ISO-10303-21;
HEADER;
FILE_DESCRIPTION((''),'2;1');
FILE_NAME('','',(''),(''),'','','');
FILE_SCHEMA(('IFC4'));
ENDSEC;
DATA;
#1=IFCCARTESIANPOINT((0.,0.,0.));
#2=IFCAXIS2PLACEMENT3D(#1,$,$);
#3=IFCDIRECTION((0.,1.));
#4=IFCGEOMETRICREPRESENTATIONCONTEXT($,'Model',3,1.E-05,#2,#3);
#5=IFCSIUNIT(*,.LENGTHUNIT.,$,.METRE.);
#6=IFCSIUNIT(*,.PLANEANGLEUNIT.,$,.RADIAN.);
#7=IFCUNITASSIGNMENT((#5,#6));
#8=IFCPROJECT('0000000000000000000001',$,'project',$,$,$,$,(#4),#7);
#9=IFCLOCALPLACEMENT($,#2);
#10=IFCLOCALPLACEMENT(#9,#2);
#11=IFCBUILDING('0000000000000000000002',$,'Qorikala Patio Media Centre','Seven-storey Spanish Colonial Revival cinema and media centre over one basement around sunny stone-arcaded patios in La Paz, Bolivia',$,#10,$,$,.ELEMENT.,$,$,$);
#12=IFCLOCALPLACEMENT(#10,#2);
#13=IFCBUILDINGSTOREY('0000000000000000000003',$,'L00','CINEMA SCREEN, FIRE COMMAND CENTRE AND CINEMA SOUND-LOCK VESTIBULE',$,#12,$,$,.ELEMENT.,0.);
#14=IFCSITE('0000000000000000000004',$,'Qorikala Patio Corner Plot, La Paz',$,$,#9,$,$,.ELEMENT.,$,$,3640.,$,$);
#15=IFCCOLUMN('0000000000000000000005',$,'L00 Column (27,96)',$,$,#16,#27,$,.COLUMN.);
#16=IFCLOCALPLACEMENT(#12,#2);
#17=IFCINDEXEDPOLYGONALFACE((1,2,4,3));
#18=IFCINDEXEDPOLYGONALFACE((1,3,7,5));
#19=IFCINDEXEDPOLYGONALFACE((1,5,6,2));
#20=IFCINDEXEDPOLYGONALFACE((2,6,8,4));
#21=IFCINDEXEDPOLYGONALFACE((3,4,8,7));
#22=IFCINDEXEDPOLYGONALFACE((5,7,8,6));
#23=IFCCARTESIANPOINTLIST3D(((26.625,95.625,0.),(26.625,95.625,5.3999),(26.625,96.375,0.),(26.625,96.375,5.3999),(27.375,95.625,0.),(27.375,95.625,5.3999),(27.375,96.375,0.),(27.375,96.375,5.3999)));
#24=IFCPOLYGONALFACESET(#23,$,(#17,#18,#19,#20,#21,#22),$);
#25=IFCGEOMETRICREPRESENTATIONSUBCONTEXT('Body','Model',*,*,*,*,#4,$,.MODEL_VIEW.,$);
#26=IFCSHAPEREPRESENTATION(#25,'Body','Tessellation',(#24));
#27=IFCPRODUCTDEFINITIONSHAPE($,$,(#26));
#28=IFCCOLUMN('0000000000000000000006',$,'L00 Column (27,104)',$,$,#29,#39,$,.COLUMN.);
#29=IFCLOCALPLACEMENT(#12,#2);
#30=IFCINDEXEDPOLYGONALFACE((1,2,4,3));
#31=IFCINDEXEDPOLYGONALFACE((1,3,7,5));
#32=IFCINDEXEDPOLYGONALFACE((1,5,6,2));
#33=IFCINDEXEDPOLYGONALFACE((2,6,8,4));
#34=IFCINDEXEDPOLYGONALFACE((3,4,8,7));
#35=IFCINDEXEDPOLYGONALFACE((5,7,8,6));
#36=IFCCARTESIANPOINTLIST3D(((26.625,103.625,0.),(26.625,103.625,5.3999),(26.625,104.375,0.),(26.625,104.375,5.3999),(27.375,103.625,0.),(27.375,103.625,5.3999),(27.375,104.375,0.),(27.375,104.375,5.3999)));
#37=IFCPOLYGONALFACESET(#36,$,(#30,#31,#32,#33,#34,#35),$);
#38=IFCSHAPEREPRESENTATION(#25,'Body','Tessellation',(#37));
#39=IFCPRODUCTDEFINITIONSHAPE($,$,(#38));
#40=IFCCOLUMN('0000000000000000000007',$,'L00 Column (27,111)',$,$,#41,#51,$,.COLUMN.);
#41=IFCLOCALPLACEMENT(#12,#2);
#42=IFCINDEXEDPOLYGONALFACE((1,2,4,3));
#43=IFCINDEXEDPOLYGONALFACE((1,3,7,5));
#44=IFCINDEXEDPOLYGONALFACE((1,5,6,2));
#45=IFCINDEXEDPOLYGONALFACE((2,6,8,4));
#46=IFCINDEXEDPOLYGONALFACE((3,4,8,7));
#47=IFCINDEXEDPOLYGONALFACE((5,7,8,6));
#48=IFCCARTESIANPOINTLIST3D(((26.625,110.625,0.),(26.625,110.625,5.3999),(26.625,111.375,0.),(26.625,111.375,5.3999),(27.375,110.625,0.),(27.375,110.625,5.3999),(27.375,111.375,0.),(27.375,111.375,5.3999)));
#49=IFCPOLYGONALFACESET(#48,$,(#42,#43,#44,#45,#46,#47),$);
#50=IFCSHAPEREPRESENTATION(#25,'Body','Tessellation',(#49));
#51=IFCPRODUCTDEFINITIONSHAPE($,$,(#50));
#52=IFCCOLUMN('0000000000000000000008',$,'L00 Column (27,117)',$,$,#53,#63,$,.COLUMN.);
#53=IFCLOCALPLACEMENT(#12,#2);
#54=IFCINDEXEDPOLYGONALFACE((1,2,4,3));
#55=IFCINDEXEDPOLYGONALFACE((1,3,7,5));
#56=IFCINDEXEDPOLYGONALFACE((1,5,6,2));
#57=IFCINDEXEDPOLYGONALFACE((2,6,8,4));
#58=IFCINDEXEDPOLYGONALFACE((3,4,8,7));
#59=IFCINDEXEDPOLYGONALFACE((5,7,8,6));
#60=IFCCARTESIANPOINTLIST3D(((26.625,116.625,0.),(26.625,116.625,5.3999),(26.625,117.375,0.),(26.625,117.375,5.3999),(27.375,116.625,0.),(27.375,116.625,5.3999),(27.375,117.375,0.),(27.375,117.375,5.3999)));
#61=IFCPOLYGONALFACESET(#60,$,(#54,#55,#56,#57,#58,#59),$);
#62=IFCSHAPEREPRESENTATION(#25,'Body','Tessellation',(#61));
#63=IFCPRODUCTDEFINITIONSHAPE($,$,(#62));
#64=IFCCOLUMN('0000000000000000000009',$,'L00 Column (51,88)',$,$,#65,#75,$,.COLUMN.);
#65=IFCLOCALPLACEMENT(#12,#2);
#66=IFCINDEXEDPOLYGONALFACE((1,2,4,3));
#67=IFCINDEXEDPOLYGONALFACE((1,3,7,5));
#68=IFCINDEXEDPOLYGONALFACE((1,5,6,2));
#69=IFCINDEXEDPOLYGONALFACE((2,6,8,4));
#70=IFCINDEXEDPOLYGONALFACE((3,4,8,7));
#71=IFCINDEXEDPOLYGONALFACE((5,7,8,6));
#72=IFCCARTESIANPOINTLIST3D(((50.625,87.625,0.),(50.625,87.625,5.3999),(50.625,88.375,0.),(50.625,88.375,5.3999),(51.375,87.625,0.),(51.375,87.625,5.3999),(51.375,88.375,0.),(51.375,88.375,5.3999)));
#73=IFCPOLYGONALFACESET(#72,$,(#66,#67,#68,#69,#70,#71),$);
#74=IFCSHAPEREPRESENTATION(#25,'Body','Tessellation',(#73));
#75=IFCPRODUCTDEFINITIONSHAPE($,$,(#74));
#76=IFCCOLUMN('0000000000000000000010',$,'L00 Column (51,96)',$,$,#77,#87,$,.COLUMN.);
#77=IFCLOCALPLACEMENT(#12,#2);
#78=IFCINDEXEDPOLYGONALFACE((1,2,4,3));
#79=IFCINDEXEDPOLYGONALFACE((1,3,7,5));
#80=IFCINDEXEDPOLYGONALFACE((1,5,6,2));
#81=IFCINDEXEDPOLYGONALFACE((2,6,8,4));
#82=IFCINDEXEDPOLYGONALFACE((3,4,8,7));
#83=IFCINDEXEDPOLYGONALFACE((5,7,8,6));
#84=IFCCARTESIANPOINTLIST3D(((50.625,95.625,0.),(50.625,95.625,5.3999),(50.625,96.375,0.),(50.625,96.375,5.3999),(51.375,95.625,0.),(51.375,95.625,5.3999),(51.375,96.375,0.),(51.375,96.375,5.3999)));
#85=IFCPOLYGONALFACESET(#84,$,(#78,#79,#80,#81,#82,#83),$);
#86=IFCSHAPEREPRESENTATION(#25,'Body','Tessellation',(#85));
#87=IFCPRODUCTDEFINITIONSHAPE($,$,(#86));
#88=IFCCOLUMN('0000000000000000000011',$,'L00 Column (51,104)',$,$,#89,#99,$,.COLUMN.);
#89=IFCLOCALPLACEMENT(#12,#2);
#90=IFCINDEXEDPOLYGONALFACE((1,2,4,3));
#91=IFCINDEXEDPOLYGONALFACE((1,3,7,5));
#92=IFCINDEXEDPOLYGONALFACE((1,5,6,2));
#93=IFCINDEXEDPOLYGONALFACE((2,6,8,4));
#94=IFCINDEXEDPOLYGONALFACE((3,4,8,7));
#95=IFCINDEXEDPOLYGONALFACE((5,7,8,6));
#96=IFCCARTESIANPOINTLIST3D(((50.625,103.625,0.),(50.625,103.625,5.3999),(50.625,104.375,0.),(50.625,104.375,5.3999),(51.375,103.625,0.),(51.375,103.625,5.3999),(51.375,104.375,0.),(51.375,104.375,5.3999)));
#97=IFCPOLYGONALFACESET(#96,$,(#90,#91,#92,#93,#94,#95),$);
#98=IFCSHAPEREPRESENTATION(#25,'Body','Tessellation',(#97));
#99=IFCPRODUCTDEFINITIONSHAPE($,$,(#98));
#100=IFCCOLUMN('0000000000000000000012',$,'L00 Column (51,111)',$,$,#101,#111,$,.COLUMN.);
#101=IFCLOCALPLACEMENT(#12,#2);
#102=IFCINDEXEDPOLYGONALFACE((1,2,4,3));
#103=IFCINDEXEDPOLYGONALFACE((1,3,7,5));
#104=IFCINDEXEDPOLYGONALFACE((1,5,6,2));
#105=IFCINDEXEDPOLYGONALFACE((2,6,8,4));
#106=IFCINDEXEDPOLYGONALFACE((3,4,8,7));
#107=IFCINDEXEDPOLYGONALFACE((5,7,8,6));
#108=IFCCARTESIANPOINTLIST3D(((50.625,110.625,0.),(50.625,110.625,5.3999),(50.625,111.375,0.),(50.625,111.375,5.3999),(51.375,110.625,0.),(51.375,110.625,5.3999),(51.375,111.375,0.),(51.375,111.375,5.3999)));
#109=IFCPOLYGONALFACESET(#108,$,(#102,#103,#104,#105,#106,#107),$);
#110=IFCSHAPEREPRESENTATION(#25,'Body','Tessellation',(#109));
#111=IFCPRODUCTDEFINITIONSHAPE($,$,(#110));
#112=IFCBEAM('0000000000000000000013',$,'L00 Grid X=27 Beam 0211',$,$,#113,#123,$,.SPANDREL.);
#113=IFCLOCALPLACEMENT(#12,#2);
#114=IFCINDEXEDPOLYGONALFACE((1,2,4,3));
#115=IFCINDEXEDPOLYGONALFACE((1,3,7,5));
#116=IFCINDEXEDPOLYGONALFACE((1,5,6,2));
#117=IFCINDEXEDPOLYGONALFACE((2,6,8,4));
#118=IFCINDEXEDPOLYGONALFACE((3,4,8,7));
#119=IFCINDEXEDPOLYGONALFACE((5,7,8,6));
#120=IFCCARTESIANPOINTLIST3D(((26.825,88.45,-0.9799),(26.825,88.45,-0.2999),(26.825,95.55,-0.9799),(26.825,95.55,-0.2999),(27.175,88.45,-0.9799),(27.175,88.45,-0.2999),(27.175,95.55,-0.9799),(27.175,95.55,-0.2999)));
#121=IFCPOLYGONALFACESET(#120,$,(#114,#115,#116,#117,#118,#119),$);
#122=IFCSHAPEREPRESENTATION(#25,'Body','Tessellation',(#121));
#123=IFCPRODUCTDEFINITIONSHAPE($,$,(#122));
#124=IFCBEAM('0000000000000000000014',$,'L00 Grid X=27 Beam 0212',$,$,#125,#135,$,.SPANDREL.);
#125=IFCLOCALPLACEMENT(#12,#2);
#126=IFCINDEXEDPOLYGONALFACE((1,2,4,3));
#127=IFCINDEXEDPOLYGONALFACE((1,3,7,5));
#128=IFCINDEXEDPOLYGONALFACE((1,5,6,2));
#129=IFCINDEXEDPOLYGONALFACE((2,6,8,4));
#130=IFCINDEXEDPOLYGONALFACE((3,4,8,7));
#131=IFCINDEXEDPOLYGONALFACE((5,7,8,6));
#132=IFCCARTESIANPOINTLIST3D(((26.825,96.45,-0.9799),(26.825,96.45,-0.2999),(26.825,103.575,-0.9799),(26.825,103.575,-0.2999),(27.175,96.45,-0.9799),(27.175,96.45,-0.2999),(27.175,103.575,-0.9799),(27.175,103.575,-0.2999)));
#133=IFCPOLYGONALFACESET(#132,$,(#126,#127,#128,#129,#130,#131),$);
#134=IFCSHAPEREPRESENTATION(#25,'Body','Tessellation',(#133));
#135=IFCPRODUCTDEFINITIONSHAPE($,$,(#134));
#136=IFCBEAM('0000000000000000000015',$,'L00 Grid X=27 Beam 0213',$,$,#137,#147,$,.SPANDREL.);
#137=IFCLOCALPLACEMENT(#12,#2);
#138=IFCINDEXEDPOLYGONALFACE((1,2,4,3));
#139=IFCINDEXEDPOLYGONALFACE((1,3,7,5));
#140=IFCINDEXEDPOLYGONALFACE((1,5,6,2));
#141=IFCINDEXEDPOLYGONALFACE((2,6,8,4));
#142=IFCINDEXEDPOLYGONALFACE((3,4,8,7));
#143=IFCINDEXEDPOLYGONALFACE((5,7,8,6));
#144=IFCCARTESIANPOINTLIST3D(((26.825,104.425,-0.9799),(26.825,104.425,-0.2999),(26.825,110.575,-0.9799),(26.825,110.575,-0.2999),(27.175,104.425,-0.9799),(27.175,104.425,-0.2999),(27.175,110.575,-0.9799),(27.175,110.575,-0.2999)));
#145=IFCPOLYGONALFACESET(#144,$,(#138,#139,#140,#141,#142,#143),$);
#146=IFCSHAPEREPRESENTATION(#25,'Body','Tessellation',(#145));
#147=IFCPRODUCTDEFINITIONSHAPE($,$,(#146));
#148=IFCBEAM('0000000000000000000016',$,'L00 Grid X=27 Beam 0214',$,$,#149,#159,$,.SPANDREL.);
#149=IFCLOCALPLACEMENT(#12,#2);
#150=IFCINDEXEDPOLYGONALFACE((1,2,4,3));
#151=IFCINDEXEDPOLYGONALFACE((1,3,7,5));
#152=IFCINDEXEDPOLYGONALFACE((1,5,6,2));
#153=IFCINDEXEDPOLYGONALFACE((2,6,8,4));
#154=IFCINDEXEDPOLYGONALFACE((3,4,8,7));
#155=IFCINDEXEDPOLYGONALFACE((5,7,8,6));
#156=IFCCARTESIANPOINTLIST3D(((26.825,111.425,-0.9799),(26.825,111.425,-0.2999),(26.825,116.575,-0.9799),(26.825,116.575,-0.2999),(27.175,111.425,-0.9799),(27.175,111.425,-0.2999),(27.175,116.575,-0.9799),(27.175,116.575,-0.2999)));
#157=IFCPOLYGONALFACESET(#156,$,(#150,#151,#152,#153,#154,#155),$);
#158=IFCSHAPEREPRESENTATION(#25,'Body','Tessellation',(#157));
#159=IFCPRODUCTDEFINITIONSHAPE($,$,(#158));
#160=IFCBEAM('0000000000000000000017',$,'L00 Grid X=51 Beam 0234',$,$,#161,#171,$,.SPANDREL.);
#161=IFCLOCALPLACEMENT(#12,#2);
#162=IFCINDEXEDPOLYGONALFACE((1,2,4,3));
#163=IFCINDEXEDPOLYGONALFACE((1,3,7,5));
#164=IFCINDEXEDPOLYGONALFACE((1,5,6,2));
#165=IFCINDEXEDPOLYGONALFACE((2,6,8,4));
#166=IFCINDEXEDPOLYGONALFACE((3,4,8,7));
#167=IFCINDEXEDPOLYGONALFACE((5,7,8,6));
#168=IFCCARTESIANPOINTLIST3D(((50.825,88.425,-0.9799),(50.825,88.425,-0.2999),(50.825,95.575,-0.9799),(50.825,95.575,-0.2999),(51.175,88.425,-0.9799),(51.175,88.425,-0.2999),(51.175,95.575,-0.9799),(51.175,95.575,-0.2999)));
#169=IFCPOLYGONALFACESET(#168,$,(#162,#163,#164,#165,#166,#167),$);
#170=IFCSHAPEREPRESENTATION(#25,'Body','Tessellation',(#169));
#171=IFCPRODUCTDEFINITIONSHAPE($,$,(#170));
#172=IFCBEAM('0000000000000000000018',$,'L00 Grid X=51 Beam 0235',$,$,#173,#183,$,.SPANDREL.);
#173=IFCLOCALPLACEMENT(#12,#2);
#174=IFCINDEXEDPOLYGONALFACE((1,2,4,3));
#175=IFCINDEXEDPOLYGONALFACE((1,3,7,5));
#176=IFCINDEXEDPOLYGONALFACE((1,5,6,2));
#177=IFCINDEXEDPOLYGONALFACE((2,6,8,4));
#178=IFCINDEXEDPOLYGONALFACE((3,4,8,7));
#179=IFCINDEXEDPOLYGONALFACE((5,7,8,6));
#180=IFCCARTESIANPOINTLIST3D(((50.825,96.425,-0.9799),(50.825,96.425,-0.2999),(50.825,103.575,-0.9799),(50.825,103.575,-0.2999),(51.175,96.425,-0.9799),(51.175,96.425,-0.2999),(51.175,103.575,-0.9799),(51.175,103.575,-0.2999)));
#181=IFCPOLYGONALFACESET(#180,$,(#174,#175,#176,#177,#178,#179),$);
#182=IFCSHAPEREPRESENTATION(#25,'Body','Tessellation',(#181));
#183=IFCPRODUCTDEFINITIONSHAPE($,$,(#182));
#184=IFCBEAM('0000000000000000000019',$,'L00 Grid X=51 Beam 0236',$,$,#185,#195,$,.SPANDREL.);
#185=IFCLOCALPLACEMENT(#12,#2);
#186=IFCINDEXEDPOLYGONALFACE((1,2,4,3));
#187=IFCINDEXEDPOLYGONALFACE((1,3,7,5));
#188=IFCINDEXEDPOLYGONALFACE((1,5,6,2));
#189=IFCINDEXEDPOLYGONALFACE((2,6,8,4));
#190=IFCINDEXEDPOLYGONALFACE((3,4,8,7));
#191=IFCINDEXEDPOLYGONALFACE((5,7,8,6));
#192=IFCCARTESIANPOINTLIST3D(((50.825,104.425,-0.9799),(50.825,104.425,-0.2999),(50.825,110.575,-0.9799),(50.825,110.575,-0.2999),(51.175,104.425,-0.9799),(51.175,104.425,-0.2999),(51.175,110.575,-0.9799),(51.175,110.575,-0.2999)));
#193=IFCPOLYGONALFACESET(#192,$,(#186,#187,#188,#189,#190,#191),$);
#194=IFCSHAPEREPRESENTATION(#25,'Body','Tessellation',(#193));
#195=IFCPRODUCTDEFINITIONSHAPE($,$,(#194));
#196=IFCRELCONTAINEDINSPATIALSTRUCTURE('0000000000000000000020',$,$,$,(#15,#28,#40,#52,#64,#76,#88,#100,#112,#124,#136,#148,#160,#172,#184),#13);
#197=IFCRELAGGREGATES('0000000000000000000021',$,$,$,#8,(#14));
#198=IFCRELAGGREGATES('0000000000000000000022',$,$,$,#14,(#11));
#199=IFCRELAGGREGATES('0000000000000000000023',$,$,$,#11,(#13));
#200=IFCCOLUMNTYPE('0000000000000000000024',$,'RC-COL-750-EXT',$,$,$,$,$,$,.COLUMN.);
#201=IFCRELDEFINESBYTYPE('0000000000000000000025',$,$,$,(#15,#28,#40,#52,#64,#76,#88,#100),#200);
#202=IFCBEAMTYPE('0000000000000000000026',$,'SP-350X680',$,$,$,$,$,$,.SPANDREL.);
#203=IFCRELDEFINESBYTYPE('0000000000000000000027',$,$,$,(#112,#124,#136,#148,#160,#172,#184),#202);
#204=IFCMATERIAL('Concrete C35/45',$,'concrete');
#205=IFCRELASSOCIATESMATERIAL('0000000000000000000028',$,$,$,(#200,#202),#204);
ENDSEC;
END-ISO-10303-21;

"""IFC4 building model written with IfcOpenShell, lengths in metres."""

from ifc_helpers import new_model, si_unit, direction, frame, origin, origin_2d, place, context, subcontext, project, spatial, rectangle, extrude, material, material_profile, profile_set, type_object, element, save


model = new_model("IFC4")

# Units and contexts
model_context = context("Model", 3, precision=1e-05, world=origin(), true_north=direction((0.0, 1.0)))
body_context = subcontext(model_context, "Body", "Model", "MODEL_VIEW")
ifc_project = project(units=[si_unit("LENGTHUNIT", "METRE"), si_unit("PLANEANGLEUNIT", "RADIAN")], contexts=[model_context])

# Site, building, storey
site_placement = place(None, origin())
site = spatial("IfcSite", under=ifc_project, at=site_placement, Name="Qorikala Patio Corner Plot, La Paz", CompositionType="ELEMENT", RefElevation=3640.0)
building_placement = place(site_placement, origin())
building = spatial("IfcBuilding", under=site, at=building_placement, Name="Qorikala Patio Media Centre", Description="Seven-storey Spanish Colonial Revival cinema and media centre over one basement around sunny stone-arcaded patios in La Paz, Bolivia", CompositionType="ELEMENT")
storey_placement = place(building_placement, origin())
storey = spatial("IfcBuildingStorey", under=building, at=storey_placement, Name="L00", Description="CINEMA SCREEN, FIRE COMMAND CENTRE AND CINEMA SOUND-LOCK VESTIBULE", CompositionType="ELEMENT", Elevation=0.0)

# Columns
ifc_material_1 = material(Name="Concrete C35/45", Category="concrete")
ifc_material_profile_1 = material_profile(ifc_material_1, rectangle(XDim=0.75, YDim=0.75, at=origin_2d()), Name="RC 750x750")
ifc_profile_set_1 = profile_set([ifc_material_profile_1], Name="Concrete C35/45")
column_type = type_object("IfcColumnType", Name="RC-COL-750-EXT", PredefinedType="COLUMN", material=ifc_profile_set_1)
for number, where, z_axis, x_axis, name in (
    (1, (27.0, 96.0, 0.0), (0.0, 0.0, 1.0), (1.0, 0.0, 0.0), "L00 Column (27,96)"),
    (2, (27.0, 104.0, 0.0), (0.0, 0.0, 1.0), (1.0, 0.0, 0.0), "L00 Column (27,104)"),
    (3, (27.0, 111.0, 0.0), (0.0, 0.0, 1.0), (1.0, 0.0, 0.0), "L00 Column (27,111)"),
    (4, (27.0, 117.0, 0.0), (0.0, 0.0, 1.0), (1.0, 0.0, 0.0), "L00 Column (27,117)"),
    (5, (51.0, 88.0, 0.0), (0.0, 0.0, 1.0), (1.0, 0.0, 0.0), "L00 Column (51,88)"),
    (6, (51.0, 96.0, 0.0), (0.0, 0.0, 1.0), (1.0, 0.0, 0.0), "L00 Column (51,96)"),
    (7, (51.0, 104.0, 0.0), (0.0, 0.0, 1.0), (1.0, 0.0, 0.0), "L00 Column (51,104)"),
    (8, (51.0, 111.0, 0.0), (0.0, 0.0, 1.0), (1.0, 0.0, 0.0), "L00 Column (51,111)"),
):
    element("IfcColumn", number, at=place(storey_placement, frame(where, z_axis=z_axis, x_axis=x_axis)), inside=storey, type_object=column_type, Name=name, PredefinedType="COLUMN", context=body_context, shape_type="SweptSolid", body=[
        extrude(rectangle(XDim=0.75, YDim=0.75, at=origin_2d()), origin(), (0.0, 0.0, 1.0), 5.3999),
    ])

# Beams
ifc_material_profile_2 = material_profile(ifc_material_1, rectangle(XDim=0.3501, YDim=0.6799, at=origin_2d()), Name="RC 350x680")
ifc_profile_set_2 = profile_set([ifc_material_profile_2], Name="Concrete C35/45")
beam_type = type_object("IfcBeamType", Name="SP-350X680", PredefinedType="SPANDREL", material=ifc_profile_set_2)
beam_1_placement = place(storey_placement, frame((27.0, 88.45, -0.6399), z_axis=(0.0, 1.0, 0.0), x_axis=(-1.0, 0.0, 0.0)))
element("IfcBeam", 9, at=beam_1_placement, inside=storey, type_object=beam_type, Name="L00 Grid X=27 Beam 0211", PredefinedType="SPANDREL", context=body_context, shape_type="SweptSolid", body=[
    extrude(rectangle(XDim=0.3501, YDim=0.6799, at=origin_2d()), origin(), (0.0, 0.0, 1.0), 7.1001),
])
beam_2_placement = place(storey_placement, frame((27.0, 96.45, -0.6399), z_axis=(0.0, 1.0, 0.0), x_axis=(-1.0, 0.0, 0.0)))
element("IfcBeam", 10, at=beam_2_placement, inside=storey, type_object=beam_type, Name="L00 Grid X=27 Beam 0212", PredefinedType="SPANDREL", context=body_context, shape_type="SweptSolid", body=[
    extrude(rectangle(XDim=0.3501, YDim=0.6799, at=origin_2d()), origin(), (0.0, 0.0, 1.0), 7.125),
])
beam_3_placement = place(storey_placement, frame((27.0, 104.425, -0.6399), z_axis=(0.0, 1.0, 0.0), x_axis=(-1.0, 0.0, 0.0)))
element("IfcBeam", 11, at=beam_3_placement, inside=storey, type_object=beam_type, Name="L00 Grid X=27 Beam 0213", PredefinedType="SPANDREL", context=body_context, shape_type="SweptSolid", body=[
    extrude(rectangle(XDim=0.3501, YDim=0.6799, at=origin_2d()), origin(), (0.0, 0.0, 1.0), 6.1499),
])
beam_4_placement = place(storey_placement, frame((27.0, 111.425, -0.6399), z_axis=(0.0, 1.0, 0.0), x_axis=(-1.0, 0.0, 0.0)))
element("IfcBeam", 12, at=beam_4_placement, inside=storey, type_object=beam_type, Name="L00 Grid X=27 Beam 0214", PredefinedType="SPANDREL", context=body_context, shape_type="SweptSolid", body=[
    extrude(rectangle(XDim=0.3501, YDim=0.6799, at=origin_2d()), origin(), (0.0, 0.0, 1.0), 5.1499),
])
for number, where, z_axis, x_axis, name in (
    (13, (51.0, 88.425, -0.6399), (0.0, 1.0, 0.0), (-1.0, 0.0, 0.0), "L00 Grid X=51 Beam 0234"),
    (14, (51.0, 96.425, -0.6399), (0.0, 1.0, 0.0), (-1.0, 0.0, 0.0), "L00 Grid X=51 Beam 0235"),
):
    element("IfcBeam", number, at=place(storey_placement, frame(where, z_axis=z_axis, x_axis=x_axis)), inside=storey, type_object=beam_type, Name=name, PredefinedType="SPANDREL", context=body_context, shape_type="SweptSolid", body=[
        extrude(rectangle(XDim=0.3501, YDim=0.6799, at=origin_2d()), origin(), (0.0, 0.0, 1.0), 7.1499),
    ])
beam_5_placement = place(storey_placement, frame((51.0, 104.425, -0.6399), z_axis=(0.0, 1.0, 0.0), x_axis=(-1.0, 0.0, 0.0)))
element("IfcBeam", 15, at=beam_5_placement, inside=storey, type_object=beam_type, Name="L00 Grid X=51 Beam 0236", PredefinedType="SPANDREL", context=body_context, shape_type="SweptSolid", body=[
    extrude(rectangle(XDim=0.3501, YDim=0.6799, at=origin_2d()), origin(), (0.0, 0.0, 1.0), 6.1499),
])

save(model, "model.ifc")
